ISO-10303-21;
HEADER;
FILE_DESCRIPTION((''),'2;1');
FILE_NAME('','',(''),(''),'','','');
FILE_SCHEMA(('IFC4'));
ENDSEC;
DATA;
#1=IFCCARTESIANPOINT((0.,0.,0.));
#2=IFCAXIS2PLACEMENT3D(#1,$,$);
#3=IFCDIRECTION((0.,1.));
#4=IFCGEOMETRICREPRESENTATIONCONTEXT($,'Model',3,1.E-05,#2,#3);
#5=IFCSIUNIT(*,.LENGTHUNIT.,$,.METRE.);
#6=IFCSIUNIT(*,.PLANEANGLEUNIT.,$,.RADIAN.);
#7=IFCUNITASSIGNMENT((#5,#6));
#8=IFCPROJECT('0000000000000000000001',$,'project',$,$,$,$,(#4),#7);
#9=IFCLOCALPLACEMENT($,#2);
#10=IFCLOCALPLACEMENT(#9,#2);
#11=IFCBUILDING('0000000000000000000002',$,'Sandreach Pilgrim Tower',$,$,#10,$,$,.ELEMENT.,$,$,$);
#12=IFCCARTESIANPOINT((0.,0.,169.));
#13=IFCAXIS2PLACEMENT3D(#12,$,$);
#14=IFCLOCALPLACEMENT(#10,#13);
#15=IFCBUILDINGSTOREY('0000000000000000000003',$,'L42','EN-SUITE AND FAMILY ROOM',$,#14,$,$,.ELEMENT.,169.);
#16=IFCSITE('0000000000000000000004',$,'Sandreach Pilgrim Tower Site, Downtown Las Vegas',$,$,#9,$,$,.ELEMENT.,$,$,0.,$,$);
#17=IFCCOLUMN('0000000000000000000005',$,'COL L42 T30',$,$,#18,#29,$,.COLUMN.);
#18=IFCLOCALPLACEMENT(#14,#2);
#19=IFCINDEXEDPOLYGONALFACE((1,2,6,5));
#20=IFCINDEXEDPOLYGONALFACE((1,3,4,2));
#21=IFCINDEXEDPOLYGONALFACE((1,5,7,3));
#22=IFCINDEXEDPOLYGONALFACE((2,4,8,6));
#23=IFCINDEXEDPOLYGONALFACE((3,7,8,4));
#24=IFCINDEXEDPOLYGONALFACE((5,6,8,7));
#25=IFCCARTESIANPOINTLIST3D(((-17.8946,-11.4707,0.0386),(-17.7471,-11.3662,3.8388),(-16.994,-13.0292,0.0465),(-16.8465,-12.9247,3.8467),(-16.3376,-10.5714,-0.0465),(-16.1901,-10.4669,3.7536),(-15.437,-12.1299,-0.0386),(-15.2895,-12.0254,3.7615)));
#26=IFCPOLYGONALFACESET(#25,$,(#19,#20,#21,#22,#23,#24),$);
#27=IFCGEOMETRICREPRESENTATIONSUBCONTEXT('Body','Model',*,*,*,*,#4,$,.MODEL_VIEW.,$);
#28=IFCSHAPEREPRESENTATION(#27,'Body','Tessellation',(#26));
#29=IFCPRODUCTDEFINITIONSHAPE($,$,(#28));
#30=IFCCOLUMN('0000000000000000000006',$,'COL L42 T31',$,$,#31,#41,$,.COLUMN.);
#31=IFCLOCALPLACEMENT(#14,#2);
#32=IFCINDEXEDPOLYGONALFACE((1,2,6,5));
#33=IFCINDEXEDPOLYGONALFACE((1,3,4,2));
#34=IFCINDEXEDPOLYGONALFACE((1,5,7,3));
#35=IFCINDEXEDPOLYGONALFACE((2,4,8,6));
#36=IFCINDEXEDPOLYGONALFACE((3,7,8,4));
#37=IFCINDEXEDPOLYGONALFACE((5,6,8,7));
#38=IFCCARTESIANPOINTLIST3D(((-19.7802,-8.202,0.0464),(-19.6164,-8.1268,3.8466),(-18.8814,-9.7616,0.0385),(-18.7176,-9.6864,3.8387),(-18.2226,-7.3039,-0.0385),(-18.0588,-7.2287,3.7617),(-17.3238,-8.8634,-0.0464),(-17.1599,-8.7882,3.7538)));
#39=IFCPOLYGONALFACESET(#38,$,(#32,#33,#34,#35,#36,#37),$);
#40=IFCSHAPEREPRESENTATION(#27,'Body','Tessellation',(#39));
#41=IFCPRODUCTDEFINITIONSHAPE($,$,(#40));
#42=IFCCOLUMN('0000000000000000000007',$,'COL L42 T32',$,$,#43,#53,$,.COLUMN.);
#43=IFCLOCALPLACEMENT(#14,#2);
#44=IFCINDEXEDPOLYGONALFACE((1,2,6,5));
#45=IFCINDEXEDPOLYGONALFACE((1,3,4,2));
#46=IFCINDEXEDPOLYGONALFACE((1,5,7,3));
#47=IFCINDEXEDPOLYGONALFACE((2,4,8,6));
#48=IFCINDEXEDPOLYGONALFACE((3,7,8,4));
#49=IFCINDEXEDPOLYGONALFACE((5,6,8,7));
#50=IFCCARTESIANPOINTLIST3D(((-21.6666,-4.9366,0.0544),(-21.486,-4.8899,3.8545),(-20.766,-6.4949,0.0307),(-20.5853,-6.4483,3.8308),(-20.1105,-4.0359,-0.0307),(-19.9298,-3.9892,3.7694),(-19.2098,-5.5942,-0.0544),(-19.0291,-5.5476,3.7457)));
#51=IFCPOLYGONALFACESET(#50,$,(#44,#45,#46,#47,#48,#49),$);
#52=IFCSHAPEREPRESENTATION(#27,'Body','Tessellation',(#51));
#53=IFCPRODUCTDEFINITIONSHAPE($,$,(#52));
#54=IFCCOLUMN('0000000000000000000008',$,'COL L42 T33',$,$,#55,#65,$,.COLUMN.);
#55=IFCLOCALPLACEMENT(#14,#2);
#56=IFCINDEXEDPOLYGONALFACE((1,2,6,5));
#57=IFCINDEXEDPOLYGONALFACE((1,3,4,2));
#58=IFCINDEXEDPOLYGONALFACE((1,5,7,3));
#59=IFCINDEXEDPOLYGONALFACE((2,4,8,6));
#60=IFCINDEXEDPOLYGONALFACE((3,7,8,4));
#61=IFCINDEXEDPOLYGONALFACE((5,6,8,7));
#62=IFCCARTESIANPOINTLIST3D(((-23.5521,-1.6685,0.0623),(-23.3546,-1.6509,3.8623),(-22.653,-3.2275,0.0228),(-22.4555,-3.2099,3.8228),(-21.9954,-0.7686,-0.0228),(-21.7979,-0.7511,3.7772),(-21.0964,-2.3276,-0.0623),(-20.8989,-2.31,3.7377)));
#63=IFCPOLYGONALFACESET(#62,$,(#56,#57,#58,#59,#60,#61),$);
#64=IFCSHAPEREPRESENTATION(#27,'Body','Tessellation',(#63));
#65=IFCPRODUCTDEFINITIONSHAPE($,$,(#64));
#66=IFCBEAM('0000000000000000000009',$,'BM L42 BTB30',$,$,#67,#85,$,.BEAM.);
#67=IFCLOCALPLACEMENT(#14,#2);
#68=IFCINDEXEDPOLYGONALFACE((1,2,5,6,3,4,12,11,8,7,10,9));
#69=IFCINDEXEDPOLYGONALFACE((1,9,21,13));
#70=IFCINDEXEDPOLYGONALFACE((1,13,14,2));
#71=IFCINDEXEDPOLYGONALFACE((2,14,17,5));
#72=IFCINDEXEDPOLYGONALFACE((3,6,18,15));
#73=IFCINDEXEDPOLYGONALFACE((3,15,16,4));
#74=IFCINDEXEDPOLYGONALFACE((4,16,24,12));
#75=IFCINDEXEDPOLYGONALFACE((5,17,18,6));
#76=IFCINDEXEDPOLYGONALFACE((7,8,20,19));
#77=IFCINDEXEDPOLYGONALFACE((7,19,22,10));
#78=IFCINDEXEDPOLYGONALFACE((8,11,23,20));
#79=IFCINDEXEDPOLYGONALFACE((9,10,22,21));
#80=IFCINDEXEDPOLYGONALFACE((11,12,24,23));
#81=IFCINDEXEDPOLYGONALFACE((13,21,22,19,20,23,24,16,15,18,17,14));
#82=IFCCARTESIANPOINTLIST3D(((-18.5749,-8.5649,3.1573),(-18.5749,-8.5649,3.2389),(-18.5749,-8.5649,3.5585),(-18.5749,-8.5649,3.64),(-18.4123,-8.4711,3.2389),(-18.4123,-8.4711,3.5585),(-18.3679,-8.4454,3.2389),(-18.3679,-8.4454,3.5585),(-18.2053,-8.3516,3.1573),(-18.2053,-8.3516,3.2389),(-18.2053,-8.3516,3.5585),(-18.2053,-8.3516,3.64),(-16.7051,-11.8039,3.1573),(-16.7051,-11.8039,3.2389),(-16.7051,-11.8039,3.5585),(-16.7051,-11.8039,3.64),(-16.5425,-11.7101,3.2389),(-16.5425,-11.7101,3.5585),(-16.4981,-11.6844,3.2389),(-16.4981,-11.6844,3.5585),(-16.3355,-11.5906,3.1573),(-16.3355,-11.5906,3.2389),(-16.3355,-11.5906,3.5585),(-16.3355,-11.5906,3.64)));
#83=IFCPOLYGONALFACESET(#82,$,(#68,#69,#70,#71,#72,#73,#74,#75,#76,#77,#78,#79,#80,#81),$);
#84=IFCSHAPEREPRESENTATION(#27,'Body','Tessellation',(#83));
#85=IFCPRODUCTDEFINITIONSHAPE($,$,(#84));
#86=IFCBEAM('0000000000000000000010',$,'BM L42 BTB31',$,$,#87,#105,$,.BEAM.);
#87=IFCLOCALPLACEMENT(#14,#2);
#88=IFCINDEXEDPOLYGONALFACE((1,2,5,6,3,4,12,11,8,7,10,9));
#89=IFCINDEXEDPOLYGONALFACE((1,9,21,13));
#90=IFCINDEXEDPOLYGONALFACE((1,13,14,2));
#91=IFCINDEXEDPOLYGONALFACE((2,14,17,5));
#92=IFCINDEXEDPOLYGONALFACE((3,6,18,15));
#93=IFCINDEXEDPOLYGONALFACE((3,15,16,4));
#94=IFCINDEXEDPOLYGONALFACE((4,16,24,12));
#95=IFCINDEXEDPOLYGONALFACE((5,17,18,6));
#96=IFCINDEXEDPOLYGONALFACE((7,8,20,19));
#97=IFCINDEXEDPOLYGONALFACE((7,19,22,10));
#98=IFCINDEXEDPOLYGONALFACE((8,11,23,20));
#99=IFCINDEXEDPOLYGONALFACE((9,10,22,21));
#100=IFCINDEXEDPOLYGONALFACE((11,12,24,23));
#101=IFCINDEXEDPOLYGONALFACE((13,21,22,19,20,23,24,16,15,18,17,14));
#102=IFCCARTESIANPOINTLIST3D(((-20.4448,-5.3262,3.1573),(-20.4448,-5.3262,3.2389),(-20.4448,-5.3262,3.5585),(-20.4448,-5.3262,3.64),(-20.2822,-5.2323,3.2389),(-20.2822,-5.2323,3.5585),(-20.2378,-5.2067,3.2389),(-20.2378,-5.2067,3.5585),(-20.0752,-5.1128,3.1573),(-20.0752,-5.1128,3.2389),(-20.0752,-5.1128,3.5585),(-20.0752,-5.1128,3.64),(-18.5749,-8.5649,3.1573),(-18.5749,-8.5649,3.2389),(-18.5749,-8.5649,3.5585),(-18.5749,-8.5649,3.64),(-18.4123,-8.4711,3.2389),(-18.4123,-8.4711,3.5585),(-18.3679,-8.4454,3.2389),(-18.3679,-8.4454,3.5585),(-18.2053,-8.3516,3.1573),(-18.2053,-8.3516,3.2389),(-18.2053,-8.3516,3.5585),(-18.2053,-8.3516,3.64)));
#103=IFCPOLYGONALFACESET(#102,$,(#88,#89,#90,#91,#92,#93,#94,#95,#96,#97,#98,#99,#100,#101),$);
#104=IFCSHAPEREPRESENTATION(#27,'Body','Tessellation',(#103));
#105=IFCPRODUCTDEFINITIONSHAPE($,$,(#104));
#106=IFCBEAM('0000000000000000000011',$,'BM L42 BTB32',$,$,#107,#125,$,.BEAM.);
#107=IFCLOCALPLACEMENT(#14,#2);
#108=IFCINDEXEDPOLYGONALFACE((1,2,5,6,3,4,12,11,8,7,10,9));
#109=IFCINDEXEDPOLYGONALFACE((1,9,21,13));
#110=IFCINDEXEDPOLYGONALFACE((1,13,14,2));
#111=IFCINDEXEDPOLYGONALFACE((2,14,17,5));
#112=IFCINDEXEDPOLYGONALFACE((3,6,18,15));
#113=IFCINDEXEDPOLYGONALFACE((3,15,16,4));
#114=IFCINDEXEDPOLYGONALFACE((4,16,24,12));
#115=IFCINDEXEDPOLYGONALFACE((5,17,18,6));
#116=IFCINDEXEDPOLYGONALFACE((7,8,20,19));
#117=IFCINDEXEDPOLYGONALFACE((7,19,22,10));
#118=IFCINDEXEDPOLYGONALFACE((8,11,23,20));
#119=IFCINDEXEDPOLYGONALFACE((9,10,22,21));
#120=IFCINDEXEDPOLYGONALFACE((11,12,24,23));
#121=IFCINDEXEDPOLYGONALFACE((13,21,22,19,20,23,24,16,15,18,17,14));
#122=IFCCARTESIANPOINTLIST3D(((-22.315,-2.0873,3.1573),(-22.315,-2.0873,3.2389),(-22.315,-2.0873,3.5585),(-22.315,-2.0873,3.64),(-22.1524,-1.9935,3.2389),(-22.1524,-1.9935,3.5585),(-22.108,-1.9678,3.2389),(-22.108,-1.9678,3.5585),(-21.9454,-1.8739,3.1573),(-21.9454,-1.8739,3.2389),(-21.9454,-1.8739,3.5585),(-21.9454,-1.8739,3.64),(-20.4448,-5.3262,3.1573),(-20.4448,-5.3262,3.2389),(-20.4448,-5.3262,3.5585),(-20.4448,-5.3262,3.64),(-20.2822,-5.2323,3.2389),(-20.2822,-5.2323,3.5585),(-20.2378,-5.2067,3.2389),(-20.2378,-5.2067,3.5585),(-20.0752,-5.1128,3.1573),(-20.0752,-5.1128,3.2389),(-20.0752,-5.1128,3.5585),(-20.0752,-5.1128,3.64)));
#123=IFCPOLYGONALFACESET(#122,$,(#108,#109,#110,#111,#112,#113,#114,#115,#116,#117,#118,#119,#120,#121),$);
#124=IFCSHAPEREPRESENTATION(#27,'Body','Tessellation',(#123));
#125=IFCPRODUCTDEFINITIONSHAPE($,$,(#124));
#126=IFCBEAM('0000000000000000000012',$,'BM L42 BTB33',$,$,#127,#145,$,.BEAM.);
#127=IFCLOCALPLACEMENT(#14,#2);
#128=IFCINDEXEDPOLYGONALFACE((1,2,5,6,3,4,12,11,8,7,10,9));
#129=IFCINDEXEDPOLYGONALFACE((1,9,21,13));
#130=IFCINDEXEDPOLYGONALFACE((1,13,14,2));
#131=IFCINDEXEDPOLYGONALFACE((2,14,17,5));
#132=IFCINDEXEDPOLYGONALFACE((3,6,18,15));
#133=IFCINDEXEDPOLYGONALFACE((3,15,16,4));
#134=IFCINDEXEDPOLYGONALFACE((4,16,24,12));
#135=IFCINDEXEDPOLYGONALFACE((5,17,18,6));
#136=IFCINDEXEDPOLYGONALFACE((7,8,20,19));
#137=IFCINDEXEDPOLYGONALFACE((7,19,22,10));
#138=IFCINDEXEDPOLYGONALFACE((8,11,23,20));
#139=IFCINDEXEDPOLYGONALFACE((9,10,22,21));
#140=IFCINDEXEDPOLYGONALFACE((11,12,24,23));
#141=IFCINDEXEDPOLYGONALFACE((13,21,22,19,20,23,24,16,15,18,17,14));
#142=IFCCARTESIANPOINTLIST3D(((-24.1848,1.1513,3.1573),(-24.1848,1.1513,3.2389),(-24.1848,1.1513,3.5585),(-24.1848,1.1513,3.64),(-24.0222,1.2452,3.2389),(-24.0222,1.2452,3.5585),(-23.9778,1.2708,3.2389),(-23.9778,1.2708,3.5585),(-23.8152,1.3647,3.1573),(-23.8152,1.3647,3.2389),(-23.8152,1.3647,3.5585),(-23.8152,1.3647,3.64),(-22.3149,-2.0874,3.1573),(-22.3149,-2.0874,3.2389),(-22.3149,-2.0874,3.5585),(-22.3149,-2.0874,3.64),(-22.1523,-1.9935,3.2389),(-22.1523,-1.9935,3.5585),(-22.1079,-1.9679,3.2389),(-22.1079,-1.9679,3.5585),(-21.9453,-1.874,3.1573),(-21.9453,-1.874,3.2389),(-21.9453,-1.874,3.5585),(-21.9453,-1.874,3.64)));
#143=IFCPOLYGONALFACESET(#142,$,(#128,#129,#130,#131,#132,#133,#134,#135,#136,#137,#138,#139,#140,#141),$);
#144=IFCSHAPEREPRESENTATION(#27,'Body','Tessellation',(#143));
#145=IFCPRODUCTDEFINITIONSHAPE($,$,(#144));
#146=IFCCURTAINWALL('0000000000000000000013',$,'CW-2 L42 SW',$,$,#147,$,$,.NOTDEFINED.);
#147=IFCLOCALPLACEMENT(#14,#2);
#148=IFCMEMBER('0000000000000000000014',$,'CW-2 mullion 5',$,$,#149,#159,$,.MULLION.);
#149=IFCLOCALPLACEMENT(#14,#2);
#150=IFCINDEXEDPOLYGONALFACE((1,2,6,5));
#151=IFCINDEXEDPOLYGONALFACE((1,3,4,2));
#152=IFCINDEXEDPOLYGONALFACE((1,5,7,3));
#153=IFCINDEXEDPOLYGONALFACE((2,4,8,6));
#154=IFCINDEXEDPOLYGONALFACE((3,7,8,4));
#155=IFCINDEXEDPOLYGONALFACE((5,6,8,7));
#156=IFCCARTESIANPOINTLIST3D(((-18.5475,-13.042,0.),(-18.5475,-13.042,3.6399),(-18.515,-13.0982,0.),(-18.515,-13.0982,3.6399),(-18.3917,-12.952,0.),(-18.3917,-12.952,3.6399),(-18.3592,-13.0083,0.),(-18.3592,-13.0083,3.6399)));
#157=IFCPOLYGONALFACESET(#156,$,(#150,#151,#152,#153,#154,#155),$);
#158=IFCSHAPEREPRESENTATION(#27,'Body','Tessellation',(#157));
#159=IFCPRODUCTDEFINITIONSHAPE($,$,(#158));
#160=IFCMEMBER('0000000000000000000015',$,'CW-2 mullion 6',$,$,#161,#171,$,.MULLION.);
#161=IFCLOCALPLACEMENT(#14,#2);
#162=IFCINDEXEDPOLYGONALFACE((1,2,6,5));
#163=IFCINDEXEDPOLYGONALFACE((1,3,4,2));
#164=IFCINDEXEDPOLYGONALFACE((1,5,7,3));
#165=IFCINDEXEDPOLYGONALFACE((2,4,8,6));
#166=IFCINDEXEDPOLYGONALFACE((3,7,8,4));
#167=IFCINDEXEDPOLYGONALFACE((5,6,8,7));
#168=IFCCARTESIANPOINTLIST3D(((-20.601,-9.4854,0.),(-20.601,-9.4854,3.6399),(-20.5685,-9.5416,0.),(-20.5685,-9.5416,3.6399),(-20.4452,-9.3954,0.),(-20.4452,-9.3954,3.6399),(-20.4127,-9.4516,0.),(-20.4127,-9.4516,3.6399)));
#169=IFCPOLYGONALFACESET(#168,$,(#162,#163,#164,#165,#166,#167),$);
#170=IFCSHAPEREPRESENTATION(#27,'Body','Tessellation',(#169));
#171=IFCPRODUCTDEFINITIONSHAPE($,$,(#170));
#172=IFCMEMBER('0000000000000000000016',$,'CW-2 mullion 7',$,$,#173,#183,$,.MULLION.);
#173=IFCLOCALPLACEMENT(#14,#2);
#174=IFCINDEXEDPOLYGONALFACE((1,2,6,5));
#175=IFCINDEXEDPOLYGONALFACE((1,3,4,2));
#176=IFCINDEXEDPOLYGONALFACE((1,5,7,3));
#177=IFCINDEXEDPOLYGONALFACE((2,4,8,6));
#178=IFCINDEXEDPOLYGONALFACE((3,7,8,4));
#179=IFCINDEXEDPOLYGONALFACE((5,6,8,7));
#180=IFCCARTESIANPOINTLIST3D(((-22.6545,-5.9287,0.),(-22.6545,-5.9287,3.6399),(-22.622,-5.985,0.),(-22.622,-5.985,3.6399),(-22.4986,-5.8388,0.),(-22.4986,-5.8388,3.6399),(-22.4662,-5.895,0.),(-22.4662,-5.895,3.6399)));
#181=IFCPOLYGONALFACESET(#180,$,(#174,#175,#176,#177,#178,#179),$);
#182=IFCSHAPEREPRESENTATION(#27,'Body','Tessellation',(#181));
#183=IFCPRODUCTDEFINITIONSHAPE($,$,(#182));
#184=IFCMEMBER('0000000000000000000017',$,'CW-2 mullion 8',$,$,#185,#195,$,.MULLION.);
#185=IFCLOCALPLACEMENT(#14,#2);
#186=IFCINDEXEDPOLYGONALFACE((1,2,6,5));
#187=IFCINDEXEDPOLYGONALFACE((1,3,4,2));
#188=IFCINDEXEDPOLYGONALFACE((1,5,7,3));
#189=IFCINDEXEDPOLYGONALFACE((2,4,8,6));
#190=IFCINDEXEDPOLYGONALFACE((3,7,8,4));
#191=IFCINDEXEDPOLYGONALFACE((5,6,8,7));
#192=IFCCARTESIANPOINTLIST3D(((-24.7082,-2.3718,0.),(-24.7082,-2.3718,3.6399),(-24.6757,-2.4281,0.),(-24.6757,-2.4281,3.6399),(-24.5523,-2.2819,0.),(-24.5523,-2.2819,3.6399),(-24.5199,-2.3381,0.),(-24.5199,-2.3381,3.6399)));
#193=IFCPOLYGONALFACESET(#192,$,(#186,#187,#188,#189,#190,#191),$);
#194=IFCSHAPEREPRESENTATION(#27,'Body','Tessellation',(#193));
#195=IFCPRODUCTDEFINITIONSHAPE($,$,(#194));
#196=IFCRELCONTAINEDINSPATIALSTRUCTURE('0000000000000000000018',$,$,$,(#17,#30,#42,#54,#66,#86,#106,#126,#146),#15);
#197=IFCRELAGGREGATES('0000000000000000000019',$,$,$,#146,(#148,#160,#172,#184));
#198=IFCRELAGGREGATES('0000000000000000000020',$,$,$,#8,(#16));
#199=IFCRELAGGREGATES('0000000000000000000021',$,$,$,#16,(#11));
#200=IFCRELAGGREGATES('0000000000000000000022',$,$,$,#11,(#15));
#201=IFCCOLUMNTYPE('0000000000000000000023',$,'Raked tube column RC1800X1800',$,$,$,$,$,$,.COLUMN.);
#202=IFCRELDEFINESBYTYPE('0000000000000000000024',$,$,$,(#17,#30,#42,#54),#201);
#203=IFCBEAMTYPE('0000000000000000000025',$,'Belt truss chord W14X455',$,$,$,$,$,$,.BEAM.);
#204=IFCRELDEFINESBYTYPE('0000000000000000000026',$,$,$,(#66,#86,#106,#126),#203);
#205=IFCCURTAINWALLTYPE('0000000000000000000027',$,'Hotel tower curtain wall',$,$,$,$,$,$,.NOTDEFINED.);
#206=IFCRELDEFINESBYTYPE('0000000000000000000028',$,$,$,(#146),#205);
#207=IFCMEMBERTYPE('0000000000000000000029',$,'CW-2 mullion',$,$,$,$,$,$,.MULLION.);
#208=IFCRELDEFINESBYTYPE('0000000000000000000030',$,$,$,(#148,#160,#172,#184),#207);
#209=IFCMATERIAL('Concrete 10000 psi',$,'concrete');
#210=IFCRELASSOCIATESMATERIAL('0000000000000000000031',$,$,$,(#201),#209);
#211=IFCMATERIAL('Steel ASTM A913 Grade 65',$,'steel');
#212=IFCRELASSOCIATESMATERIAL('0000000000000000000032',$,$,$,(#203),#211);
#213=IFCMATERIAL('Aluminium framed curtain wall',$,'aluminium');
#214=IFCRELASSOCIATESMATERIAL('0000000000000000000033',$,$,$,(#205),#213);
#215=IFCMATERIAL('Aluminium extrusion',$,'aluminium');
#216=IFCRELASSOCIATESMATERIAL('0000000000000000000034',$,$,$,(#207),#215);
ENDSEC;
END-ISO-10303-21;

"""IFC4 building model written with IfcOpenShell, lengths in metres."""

from ifc_helpers import new_model, si_unit, direction, frame, origin, origin_2d, place, context, subcontext, project, spatial, rectangle, i_section, extrude, material, material_profile, profile_set, type_object, element, aggregate, save


model = new_model("IFC4")

# Units and contexts
model_context = context("Model", 3, precision=1e-05, world=origin(), true_north=direction((0.0, 1.0)))
body_context = subcontext(model_context, "Body", "Model", "MODEL_VIEW")
ifc_project = project(units=[si_unit("LENGTHUNIT", "METRE"), si_unit("PLANEANGLEUNIT", "RADIAN")], contexts=[model_context])

# Site, building, storey
site_placement = place(None, origin())
site = spatial("IfcSite", under=ifc_project, at=site_placement, Name="Sandreach Pilgrim Tower Site, Downtown Las Vegas", CompositionType="ELEMENT", RefElevation=0.0)
building_placement = place(site_placement, origin())
building = spatial("IfcBuilding", under=site, at=building_placement, Name="Sandreach Pilgrim Tower", CompositionType="ELEMENT")
storey_placement = place(building_placement, frame((0.0, 0.0, 169.0)))
storey = spatial("IfcBuildingStorey", under=building, at=storey_placement, Name="L42", Description="EN-SUITE AND FAMILY ROOM", CompositionType="ELEMENT", Elevation=169.0)

# Columns
ifc_material_1 = material(Name="Concrete 10000 psi", Category="concrete")
ifc_material_profile_1 = material_profile(ifc_material_1, rectangle(XDim=1.8, YDim=1.8, at=origin_2d()), Name="RC1800X1800")
ifc_profile_set_1 = profile_set([ifc_material_profile_1], Name="Concrete 10000 psi")
column_type = type_object("IfcColumnType", Name="Raked tube column RC1800X1800", PredefinedType="COLUMN", material=ifc_profile_set_1)
for number, where, z_axis, x_axis, name in (
    (1, (-16.6658, -11.8003, 0.0), (0.038761, 0.027467, 0.998871), (-0.864974, -0.499582, 0.047303), "COL L42 T30"),
    (2, (-18.552, -8.5327, 0.0), (0.043061, 0.019766, 0.998877), (-0.865338, -0.498964, 0.047178), "COL L42 T31"),
):
    element("IfcColumn", number, at=place(storey_placement, frame(where, z_axis=z_axis, x_axis=x_axis)), inside=storey, type_object=column_type, Name=name, PredefinedType="COLUMN", context=body_context, shape_type="SweptSolid", body=[
        extrude(rectangle(XDim=1.8, YDim=1.8, at=origin_2d()), origin(), (0.0, 0.0, 1.0), 3.8044),
    ])
column_1_placement = place(storey_placement, frame((-20.4382, -5.2654, 0.0), z_axis=(0.047485, 0.012256, 0.998797), x_axis=(-0.864521, -0.500372, 0.047242)))
element("IfcColumn", 3, at=column_1_placement, inside=storey, type_object=column_type, Name="COL L42 T32", PredefinedType="COLUMN", context=body_context, shape_type="SweptSolid", body=[
    extrude(rectangle(XDim=1.8, YDim=1.8, at=origin_2d()), origin(), (0.0, 0.0, 1.0), 3.8047),
])
column_2_placement = place(storey_placement, frame((-22.3242, -1.998, 0.0), z_axis=(0.051905, 0.004619, 0.998641), x_axis=(-0.864788, -0.499907, 0.04726)))
element("IfcColumn", 4, at=column_2_placement, inside=storey, type_object=column_type, Name="COL L42 T33", PredefinedType="COLUMN", context=body_context, shape_type="SweptSolid", body=[
    extrude(rectangle(XDim=1.8, YDim=1.8, at=origin_2d()), origin(), (0.0, 0.0, 1.0), 3.8052),
])

# Beams
ifc_material_2 = material(Name="Steel ASTM A913 Grade 65", Category="steel")
ifc_material_profile_2 = material_profile(ifc_material_2, i_section(OverallWidth=0.4268, OverallDepth=0.4827, WebThickness=0.0513, FlangeThickness=0.0815, at=origin_2d()), Name="W14X455")
ifc_profile_set_2 = profile_set([ifc_material_profile_2], Name="Steel ASTM A913 Grade 65")
beam_type_1 = type_object("IfcBeamType", Name="Belt truss chord W14X455", PredefinedType="BEAM", material=ifc_profile_set_2)
beam_1_placement = place(storey_placement, frame((-16.5203, -11.6973, 3.3987), z_axis=(-0.499965, 0.866045, 0.0), x_axis=(-0.866045, -0.499965, 0.0)))
element("IfcBeam", 5, at=beam_1_placement, inside=storey, type_object=beam_type_1, Name="BM L42 BTB30", PredefinedType="BEAM", context=body_context, shape_type="SweptSolid", body=[
    extrude(i_section(OverallWidth=0.4268, OverallDepth=0.4827, WebThickness=0.0513, FlangeThickness=0.0815, at=origin_2d()), origin(), (0.0, 0.0, 1.0), 3.74),
])
beam_2_placement = place(storey_placement, frame((-18.3901, -8.4583, 3.3987), z_axis=(-0.499994, 0.866029, 0.0), x_axis=(-0.866029, -0.499994, 0.0)))
element("IfcBeam", 6, at=beam_2_placement, inside=storey, type_object=beam_type_1, Name="BM L42 BTB31", PredefinedType="BEAM", context=body_context, shape_type="SweptSolid", body=[
    extrude(i_section(OverallWidth=0.4268, OverallDepth=0.4827, WebThickness=0.0513, FlangeThickness=0.0815, at=origin_2d()), origin(), (0.0, 0.0, 1.0), 3.7397),
])
beam_3_placement = place(storey_placement, frame((-20.26, -5.2195, 3.3987), z_axis=(-0.500043, 0.866001, 0.0), x_axis=(-0.866001, -0.500043, 0.0)))
element("IfcBeam", 7, at=beam_3_placement, inside=storey, type_object=beam_type_1, Name="BM L42 BTB32", PredefinedType="BEAM", context=body_context, shape_type="SweptSolid", body=[
    extrude(i_section(OverallWidth=0.4268, OverallDepth=0.4827, WebThickness=0.0513, FlangeThickness=0.0815, at=origin_2d()), origin(), (0.0, 0.0, 1.0), 3.74),
])
beam_4_placement = place(storey_placement, frame((-22.1301, -1.9807, 3.3987), z_axis=(-0.499994, 0.866029, 0.0), x_axis=(-0.866029, -0.499994, 0.0)))
element("IfcBeam", 8, at=beam_4_placement, inside=storey, type_object=beam_type_1, Name="BM L42 BTB33", PredefinedType="BEAM", context=body_context, shape_type="SweptSolid", body=[
    extrude(i_section(OverallWidth=0.4268, OverallDepth=0.4827, WebThickness=0.0513, FlangeThickness=0.0815, at=origin_2d()), origin(), (0.0, 0.0, 1.0), 3.7397),
])

# Curtain wall, members
ifc_material_3 = material(Name="Aluminium framed curtain wall", Category="aluminium")
curtain_wall_type = type_object("IfcCurtainWallType", Name="Hotel tower curtain wall", PredefinedType="NOTDEFINED", material=ifc_material_3)
curtain_wall_placement = place(storey_placement, origin())
curtain_wall = element("IfcCurtainWall", 9, at=curtain_wall_placement, inside=storey, type_object=curtain_wall_type, Name="CW-2 L42 SW", PredefinedType="NOTDEFINED")
ifc_material_4 = material(Name="Aluminium extrusion", Category="aluminium")
ifc_material_profile_3 = material_profile(ifc_material_4, rectangle(XDim=0.0649, YDim=0.1799, at=origin_2d()), Name="CW-2M 65X180")
ifc_profile_set_3 = profile_set([ifc_material_profile_3], Name="Aluminium extrusion")
member_type_1 = type_object("IfcMemberType", Name="CW-2 mullion", PredefinedType="MULLION", material=ifc_profile_set_3)
member_1_placement = place(storey_placement, frame((-18.4534, -13.0251, 0.0), z_axis=(0.0, 0.0, 1.0), x_axis=(-0.5, 0.866025, 0.0)))
member_1 = element("IfcMember", 10, at=member_1_placement, type_object=member_type_1, Name="CW-2 mullion 5", PredefinedType="MULLION", context=body_context, shape_type="SweptSolid", body=[
    extrude(rectangle(XDim=0.0649, YDim=0.1799, at=origin_2d()), origin(), (0.0, 0.0, 1.0), 3.6399),
])
member_2_placement = place(storey_placement, frame((-20.5068, -9.4685, 0.0), z_axis=(0.0, 0.0, 1.0), x_axis=(-0.5, 0.866025, 0.0)))
member_2 = element("IfcMember", 11, at=member_2_placement, type_object=member_type_1, Name="CW-2 mullion 6", PredefinedType="MULLION", context=body_context, shape_type="SweptSolid", body=[
    extrude(rectangle(XDim=0.0649, YDim=0.1799, at=origin_2d()), origin(), (0.0, 0.0, 1.0), 3.6399),
])
member_3_placement = place(storey_placement, frame((-22.5603, -5.9119, 0.0), z_axis=(0.0, 0.0, 1.0), x_axis=(-0.5, 0.866025, 0.0)))
member_3 = element("IfcMember", 12, at=member_3_placement, type_object=member_type_1, Name="CW-2 mullion 7", PredefinedType="MULLION", context=body_context, shape_type="SweptSolid", body=[
    extrude(rectangle(XDim=0.0649, YDim=0.1799, at=origin_2d()), origin(), (0.0, 0.0, 1.0), 3.6399),
])
member_4_placement = place(storey_placement, frame((-24.614, -2.355, 0.0), z_axis=(0.0, 0.0, 1.0), x_axis=(-0.5, 0.866025, 0.0)))
member_4 = element("IfcMember", 13, at=member_4_placement, type_object=member_type_1, Name="CW-2 mullion 8", PredefinedType="MULLION", context=body_context, shape_type="SweptSolid", body=[
    extrude(rectangle(XDim=0.0649, YDim=0.1799, at=origin_2d()), origin(), (0.0, 0.0, 1.0), 3.6399),
])

aggregate(curtain_wall, [member_1, member_2, member_3, member_4])

save(model, "model.ifc")
